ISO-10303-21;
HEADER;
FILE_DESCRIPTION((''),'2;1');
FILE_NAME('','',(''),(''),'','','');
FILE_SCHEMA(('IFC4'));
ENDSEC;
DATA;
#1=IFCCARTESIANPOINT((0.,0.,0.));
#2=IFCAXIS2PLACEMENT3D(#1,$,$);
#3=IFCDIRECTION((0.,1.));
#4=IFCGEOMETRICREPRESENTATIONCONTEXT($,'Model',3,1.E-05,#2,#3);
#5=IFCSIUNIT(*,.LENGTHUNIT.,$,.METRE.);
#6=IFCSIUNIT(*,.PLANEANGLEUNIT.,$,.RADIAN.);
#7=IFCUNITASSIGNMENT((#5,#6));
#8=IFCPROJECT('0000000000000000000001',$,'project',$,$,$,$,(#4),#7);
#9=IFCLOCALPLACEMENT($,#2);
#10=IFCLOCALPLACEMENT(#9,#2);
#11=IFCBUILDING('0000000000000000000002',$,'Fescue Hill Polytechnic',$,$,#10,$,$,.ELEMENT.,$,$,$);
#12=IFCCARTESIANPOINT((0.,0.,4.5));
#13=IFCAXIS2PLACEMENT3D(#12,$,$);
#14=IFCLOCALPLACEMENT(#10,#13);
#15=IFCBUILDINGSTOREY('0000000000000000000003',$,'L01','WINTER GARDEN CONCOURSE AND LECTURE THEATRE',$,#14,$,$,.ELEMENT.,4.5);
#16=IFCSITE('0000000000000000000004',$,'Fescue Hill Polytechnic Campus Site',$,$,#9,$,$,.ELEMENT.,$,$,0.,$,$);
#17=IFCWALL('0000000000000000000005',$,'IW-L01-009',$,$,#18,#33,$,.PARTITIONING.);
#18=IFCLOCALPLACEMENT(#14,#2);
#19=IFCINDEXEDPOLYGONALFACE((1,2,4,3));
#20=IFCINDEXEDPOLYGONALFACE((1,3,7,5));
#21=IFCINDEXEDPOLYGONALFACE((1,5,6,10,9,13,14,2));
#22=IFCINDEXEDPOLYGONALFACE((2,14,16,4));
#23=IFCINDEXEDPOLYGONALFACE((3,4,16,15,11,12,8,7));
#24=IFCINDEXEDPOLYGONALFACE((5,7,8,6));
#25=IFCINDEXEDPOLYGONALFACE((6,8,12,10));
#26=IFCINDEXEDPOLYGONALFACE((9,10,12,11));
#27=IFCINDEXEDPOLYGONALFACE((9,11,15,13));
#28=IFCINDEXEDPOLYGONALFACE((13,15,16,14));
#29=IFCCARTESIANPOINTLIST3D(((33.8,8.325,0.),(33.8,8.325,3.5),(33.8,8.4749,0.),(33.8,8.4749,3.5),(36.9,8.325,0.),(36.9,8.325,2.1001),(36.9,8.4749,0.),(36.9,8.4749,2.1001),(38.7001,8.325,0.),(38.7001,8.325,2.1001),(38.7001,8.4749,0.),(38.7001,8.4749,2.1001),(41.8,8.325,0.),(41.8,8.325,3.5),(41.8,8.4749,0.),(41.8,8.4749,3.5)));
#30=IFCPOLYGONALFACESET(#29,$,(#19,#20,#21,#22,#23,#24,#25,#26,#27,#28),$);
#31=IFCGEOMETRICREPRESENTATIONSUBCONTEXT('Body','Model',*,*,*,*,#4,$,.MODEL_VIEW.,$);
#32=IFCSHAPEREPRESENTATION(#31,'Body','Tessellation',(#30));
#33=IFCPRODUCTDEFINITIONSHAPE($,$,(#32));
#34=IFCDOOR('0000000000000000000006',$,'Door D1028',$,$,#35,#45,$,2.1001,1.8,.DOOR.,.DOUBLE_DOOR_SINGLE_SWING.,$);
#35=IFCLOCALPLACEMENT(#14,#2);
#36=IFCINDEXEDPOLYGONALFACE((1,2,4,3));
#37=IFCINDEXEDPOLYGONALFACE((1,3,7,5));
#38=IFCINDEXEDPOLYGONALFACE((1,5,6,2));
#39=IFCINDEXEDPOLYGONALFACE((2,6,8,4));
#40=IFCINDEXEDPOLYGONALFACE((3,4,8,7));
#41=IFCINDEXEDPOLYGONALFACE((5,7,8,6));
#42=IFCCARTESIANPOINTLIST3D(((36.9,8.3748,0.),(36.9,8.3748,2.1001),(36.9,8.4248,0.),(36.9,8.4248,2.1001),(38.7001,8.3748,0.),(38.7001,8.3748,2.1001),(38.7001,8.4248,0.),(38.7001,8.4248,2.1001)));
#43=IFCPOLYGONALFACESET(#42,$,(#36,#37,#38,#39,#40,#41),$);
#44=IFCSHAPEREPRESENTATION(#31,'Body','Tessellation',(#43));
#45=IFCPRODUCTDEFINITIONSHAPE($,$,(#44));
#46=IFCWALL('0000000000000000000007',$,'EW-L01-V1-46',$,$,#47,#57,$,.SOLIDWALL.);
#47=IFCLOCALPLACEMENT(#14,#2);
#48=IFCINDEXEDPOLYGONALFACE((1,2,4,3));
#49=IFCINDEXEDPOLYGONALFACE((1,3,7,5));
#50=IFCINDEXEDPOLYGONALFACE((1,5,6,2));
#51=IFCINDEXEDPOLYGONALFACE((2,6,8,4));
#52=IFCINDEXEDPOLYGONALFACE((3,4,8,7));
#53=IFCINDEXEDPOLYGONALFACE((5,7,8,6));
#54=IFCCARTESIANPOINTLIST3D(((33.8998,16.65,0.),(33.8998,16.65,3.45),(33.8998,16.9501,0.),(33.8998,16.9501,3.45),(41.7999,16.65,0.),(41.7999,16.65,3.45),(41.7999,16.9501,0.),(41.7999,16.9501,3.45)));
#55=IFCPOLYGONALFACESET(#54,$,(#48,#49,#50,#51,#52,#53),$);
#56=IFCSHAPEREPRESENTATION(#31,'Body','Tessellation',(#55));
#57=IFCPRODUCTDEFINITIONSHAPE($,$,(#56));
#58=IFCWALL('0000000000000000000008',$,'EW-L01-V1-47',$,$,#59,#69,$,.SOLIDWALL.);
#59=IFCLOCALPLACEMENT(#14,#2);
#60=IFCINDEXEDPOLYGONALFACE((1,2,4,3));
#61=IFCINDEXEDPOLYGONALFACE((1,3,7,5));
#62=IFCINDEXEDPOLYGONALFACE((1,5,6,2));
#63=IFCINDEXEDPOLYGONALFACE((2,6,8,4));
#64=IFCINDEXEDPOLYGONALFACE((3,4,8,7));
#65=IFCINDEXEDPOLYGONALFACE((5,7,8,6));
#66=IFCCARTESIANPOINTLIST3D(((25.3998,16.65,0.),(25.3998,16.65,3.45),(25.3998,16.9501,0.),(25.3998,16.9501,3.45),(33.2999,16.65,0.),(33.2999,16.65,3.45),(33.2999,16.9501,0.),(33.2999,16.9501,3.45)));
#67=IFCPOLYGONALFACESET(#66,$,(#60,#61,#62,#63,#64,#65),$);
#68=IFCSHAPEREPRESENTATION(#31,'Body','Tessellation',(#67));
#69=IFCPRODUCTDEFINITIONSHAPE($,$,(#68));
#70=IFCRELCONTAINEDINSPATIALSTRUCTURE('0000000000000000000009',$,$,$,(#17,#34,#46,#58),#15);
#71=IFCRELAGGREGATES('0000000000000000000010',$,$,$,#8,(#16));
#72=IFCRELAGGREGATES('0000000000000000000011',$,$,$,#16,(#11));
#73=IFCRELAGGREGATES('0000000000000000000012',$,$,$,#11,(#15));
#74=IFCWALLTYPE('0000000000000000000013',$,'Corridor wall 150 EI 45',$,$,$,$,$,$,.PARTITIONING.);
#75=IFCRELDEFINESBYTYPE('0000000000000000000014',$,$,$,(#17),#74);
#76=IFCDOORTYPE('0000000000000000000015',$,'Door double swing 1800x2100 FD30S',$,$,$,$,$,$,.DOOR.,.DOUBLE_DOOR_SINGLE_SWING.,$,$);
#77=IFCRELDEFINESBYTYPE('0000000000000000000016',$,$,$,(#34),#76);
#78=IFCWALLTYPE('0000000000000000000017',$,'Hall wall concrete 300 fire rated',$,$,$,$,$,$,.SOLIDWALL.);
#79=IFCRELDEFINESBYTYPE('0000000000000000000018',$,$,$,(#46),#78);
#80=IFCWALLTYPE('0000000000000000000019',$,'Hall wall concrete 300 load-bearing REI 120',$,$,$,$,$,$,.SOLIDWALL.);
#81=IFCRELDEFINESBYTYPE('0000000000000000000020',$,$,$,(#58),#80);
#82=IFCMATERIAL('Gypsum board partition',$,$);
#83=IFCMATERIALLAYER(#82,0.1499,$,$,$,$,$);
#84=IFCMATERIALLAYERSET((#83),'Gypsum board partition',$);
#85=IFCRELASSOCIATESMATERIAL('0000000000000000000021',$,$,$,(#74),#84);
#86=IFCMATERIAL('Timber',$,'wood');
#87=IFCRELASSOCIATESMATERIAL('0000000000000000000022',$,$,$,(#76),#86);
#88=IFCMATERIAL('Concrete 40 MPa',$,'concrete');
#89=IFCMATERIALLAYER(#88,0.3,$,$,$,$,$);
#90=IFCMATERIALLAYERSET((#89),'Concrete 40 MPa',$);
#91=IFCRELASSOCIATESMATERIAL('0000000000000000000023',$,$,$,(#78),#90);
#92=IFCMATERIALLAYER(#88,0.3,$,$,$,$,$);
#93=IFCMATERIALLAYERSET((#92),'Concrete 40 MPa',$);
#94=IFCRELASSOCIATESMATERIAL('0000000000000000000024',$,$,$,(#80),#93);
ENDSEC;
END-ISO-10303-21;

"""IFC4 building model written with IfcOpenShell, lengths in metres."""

from ifc_helpers import new_model, si_unit, direction, frame, frame_2d, origin, place, context, subcontext, project, spatial, rectangle, extrude, material, layer, layer_set, type_object, element, fill, save


model = new_model("IFC4")

# Units and contexts
model_context = context("Model", 3, precision=1e-05, world=origin(), true_north=direction((0.0, 1.0)))
body_context = subcontext(model_context, "Body", "Model", "MODEL_VIEW")
ifc_project = project(units=[si_unit("LENGTHUNIT", "METRE"), si_unit("PLANEANGLEUNIT", "RADIAN")], contexts=[model_context])

# Site, building, storey
site_placement = place(None, origin())
site = spatial("IfcSite", under=ifc_project, at=site_placement, Name="Fescue Hill Polytechnic Campus Site", CompositionType="ELEMENT", RefElevation=0.0)
building_placement = place(site_placement, origin())
building = spatial("IfcBuilding", under=site, at=building_placement, Name="Fescue Hill Polytechnic", CompositionType="ELEMENT")
storey_placement = place(building_placement, frame((0.0, 0.0, 4.5)))
storey = spatial("IfcBuildingStorey", under=building, at=storey_placement, Name="L01", Description="WINTER GARDEN CONCOURSE AND LECTURE THEATRE", CompositionType="ELEMENT", Elevation=4.5)

# Shared definitions
ifc_material_1 = material(Name="Concrete 40 MPa", Category="concrete")

# Wall, opening, door
ifc_material_2 = material(Name="Gypsum board partition")
ifc_layer_1 = layer(ifc_material_2, 0.1499)
ifc_layer_set_1 = layer_set([ifc_layer_1], Name="Gypsum board partition")
wall_type_1 = type_object("IfcWallType", Name="Corridor wall 150 EI 45", PredefinedType="PARTITIONING", material=ifc_layer_set_1)
wall_1_placement = place(storey_placement, frame((33.8, 8.3999, 0.0), z_axis=(0.0, 0.0, 1.0), x_axis=(1.0, 0.0, 0.0)))
wall_1 = element("IfcWall", 1, at=wall_1_placement, inside=storey, type_object=wall_type_1, Name="IW-L01-009", PredefinedType="PARTITIONING", context=body_context, shape_type="SweptSolid", body=[
    extrude(rectangle(XDim=8.0, YDim=0.1499, at=frame_2d((4.0, 0.0))), origin(), (0.0, 0.0, 1.0), 3.5),
])
opening_placement = place(wall_1_placement, frame((3.1001, 0.0, 0.0)))
opening = element("IfcOpeningElement", 2, at=opening_placement, cuts=wall_1, PredefinedType="OPENING", context=body_context, shape_type="SweptSolid", body=[
    extrude(rectangle(XDim=1.8, YDim=2.1001, at=frame_2d((0.8999, 1.05))), frame((0.0, 0.085, 0.0), z_axis=(0.0, -1.0, 0.0), x_axis=(1.0, 0.0, 0.0)), (0.0, 0.0, 1.0), 0.1699),
])
ifc_material_3 = material(Name="Timber", Category="wood")
door_type = type_object("IfcDoorType", Name="Door double swing 1800x2100 FD30S", OperationType="DOUBLE_DOOR_SINGLE_SWING", PredefinedType="DOOR", material=ifc_material_3)
door_placement = place(opening_placement, origin())
door = element("IfcDoor", 3, at=door_placement, inside=storey, type_object=door_type, Name="Door D1028", OperationType="DOUBLE_DOOR_SINGLE_SWING", OverallHeight=2.1001, OverallWidth=1.8, PredefinedType="DOOR", context=body_context, shape_type="SweptSolid", body=[
    extrude(rectangle(XDim=1.8, YDim=2.1001, at=frame_2d((0.8999, 1.05))), frame((0.0, 0.0249, 0.0), z_axis=(0.0, -1.0, 0.0), x_axis=(1.0, 0.0, 0.0)), (0.0, 0.0, 1.0), 0.05),
])
fill(opening, door)

# Walls
ifc_layer_2 = layer(ifc_material_1, 0.3)
ifc_layer_set_2 = layer_set([ifc_layer_2], Name="Concrete 40 MPa")
wall_type_2 = type_object("IfcWallType", Name="Hall wall concrete 300 fire rated", PredefinedType="SOLIDWALL", material=ifc_layer_set_2)
wall_2_placement = place(storey_placement, frame((41.8, 16.8, 0.0), z_axis=(0.0, 0.0, 1.0), x_axis=(-1.0, 0.0, 0.0)))
element("IfcWall", 4, at=wall_2_placement, inside=storey, type_object=wall_type_2, Name="EW-L01-V1-46", PredefinedType="SOLIDWALL", context=body_context, shape_type="SweptSolid", body=[
    extrude(rectangle(XDim=7.9001, YDim=0.3, at=frame_2d((3.9502, 0.0))), origin(), (0.0, 0.0, 1.0), 3.45),
])
ifc_layer_3 = layer(ifc_material_1, 0.3)
ifc_layer_set_3 = layer_set([ifc_layer_3], Name="Concrete 40 MPa")
wall_type_3 = type_object("IfcWallType", Name="Hall wall concrete 300 load-bearing REI 120", PredefinedType="SOLIDWALL", material=ifc_layer_set_3)
wall_3_placement = place(storey_placement, frame((33.3, 16.8, 0.0), z_axis=(0.0, 0.0, 1.0), x_axis=(-1.0, 0.0, 0.0)))
element("IfcWall", 5, at=wall_3_placement, inside=storey, type_object=wall_type_3, Name="EW-L01-V1-47", PredefinedType="SOLIDWALL", context=body_context, shape_type="SweptSolid", body=[
    extrude(rectangle(XDim=7.9001, YDim=0.3, at=frame_2d((3.9502, 0.0))), origin(), (0.0, 0.0, 1.0), 3.45),
])

save(model, "model.ifc")
